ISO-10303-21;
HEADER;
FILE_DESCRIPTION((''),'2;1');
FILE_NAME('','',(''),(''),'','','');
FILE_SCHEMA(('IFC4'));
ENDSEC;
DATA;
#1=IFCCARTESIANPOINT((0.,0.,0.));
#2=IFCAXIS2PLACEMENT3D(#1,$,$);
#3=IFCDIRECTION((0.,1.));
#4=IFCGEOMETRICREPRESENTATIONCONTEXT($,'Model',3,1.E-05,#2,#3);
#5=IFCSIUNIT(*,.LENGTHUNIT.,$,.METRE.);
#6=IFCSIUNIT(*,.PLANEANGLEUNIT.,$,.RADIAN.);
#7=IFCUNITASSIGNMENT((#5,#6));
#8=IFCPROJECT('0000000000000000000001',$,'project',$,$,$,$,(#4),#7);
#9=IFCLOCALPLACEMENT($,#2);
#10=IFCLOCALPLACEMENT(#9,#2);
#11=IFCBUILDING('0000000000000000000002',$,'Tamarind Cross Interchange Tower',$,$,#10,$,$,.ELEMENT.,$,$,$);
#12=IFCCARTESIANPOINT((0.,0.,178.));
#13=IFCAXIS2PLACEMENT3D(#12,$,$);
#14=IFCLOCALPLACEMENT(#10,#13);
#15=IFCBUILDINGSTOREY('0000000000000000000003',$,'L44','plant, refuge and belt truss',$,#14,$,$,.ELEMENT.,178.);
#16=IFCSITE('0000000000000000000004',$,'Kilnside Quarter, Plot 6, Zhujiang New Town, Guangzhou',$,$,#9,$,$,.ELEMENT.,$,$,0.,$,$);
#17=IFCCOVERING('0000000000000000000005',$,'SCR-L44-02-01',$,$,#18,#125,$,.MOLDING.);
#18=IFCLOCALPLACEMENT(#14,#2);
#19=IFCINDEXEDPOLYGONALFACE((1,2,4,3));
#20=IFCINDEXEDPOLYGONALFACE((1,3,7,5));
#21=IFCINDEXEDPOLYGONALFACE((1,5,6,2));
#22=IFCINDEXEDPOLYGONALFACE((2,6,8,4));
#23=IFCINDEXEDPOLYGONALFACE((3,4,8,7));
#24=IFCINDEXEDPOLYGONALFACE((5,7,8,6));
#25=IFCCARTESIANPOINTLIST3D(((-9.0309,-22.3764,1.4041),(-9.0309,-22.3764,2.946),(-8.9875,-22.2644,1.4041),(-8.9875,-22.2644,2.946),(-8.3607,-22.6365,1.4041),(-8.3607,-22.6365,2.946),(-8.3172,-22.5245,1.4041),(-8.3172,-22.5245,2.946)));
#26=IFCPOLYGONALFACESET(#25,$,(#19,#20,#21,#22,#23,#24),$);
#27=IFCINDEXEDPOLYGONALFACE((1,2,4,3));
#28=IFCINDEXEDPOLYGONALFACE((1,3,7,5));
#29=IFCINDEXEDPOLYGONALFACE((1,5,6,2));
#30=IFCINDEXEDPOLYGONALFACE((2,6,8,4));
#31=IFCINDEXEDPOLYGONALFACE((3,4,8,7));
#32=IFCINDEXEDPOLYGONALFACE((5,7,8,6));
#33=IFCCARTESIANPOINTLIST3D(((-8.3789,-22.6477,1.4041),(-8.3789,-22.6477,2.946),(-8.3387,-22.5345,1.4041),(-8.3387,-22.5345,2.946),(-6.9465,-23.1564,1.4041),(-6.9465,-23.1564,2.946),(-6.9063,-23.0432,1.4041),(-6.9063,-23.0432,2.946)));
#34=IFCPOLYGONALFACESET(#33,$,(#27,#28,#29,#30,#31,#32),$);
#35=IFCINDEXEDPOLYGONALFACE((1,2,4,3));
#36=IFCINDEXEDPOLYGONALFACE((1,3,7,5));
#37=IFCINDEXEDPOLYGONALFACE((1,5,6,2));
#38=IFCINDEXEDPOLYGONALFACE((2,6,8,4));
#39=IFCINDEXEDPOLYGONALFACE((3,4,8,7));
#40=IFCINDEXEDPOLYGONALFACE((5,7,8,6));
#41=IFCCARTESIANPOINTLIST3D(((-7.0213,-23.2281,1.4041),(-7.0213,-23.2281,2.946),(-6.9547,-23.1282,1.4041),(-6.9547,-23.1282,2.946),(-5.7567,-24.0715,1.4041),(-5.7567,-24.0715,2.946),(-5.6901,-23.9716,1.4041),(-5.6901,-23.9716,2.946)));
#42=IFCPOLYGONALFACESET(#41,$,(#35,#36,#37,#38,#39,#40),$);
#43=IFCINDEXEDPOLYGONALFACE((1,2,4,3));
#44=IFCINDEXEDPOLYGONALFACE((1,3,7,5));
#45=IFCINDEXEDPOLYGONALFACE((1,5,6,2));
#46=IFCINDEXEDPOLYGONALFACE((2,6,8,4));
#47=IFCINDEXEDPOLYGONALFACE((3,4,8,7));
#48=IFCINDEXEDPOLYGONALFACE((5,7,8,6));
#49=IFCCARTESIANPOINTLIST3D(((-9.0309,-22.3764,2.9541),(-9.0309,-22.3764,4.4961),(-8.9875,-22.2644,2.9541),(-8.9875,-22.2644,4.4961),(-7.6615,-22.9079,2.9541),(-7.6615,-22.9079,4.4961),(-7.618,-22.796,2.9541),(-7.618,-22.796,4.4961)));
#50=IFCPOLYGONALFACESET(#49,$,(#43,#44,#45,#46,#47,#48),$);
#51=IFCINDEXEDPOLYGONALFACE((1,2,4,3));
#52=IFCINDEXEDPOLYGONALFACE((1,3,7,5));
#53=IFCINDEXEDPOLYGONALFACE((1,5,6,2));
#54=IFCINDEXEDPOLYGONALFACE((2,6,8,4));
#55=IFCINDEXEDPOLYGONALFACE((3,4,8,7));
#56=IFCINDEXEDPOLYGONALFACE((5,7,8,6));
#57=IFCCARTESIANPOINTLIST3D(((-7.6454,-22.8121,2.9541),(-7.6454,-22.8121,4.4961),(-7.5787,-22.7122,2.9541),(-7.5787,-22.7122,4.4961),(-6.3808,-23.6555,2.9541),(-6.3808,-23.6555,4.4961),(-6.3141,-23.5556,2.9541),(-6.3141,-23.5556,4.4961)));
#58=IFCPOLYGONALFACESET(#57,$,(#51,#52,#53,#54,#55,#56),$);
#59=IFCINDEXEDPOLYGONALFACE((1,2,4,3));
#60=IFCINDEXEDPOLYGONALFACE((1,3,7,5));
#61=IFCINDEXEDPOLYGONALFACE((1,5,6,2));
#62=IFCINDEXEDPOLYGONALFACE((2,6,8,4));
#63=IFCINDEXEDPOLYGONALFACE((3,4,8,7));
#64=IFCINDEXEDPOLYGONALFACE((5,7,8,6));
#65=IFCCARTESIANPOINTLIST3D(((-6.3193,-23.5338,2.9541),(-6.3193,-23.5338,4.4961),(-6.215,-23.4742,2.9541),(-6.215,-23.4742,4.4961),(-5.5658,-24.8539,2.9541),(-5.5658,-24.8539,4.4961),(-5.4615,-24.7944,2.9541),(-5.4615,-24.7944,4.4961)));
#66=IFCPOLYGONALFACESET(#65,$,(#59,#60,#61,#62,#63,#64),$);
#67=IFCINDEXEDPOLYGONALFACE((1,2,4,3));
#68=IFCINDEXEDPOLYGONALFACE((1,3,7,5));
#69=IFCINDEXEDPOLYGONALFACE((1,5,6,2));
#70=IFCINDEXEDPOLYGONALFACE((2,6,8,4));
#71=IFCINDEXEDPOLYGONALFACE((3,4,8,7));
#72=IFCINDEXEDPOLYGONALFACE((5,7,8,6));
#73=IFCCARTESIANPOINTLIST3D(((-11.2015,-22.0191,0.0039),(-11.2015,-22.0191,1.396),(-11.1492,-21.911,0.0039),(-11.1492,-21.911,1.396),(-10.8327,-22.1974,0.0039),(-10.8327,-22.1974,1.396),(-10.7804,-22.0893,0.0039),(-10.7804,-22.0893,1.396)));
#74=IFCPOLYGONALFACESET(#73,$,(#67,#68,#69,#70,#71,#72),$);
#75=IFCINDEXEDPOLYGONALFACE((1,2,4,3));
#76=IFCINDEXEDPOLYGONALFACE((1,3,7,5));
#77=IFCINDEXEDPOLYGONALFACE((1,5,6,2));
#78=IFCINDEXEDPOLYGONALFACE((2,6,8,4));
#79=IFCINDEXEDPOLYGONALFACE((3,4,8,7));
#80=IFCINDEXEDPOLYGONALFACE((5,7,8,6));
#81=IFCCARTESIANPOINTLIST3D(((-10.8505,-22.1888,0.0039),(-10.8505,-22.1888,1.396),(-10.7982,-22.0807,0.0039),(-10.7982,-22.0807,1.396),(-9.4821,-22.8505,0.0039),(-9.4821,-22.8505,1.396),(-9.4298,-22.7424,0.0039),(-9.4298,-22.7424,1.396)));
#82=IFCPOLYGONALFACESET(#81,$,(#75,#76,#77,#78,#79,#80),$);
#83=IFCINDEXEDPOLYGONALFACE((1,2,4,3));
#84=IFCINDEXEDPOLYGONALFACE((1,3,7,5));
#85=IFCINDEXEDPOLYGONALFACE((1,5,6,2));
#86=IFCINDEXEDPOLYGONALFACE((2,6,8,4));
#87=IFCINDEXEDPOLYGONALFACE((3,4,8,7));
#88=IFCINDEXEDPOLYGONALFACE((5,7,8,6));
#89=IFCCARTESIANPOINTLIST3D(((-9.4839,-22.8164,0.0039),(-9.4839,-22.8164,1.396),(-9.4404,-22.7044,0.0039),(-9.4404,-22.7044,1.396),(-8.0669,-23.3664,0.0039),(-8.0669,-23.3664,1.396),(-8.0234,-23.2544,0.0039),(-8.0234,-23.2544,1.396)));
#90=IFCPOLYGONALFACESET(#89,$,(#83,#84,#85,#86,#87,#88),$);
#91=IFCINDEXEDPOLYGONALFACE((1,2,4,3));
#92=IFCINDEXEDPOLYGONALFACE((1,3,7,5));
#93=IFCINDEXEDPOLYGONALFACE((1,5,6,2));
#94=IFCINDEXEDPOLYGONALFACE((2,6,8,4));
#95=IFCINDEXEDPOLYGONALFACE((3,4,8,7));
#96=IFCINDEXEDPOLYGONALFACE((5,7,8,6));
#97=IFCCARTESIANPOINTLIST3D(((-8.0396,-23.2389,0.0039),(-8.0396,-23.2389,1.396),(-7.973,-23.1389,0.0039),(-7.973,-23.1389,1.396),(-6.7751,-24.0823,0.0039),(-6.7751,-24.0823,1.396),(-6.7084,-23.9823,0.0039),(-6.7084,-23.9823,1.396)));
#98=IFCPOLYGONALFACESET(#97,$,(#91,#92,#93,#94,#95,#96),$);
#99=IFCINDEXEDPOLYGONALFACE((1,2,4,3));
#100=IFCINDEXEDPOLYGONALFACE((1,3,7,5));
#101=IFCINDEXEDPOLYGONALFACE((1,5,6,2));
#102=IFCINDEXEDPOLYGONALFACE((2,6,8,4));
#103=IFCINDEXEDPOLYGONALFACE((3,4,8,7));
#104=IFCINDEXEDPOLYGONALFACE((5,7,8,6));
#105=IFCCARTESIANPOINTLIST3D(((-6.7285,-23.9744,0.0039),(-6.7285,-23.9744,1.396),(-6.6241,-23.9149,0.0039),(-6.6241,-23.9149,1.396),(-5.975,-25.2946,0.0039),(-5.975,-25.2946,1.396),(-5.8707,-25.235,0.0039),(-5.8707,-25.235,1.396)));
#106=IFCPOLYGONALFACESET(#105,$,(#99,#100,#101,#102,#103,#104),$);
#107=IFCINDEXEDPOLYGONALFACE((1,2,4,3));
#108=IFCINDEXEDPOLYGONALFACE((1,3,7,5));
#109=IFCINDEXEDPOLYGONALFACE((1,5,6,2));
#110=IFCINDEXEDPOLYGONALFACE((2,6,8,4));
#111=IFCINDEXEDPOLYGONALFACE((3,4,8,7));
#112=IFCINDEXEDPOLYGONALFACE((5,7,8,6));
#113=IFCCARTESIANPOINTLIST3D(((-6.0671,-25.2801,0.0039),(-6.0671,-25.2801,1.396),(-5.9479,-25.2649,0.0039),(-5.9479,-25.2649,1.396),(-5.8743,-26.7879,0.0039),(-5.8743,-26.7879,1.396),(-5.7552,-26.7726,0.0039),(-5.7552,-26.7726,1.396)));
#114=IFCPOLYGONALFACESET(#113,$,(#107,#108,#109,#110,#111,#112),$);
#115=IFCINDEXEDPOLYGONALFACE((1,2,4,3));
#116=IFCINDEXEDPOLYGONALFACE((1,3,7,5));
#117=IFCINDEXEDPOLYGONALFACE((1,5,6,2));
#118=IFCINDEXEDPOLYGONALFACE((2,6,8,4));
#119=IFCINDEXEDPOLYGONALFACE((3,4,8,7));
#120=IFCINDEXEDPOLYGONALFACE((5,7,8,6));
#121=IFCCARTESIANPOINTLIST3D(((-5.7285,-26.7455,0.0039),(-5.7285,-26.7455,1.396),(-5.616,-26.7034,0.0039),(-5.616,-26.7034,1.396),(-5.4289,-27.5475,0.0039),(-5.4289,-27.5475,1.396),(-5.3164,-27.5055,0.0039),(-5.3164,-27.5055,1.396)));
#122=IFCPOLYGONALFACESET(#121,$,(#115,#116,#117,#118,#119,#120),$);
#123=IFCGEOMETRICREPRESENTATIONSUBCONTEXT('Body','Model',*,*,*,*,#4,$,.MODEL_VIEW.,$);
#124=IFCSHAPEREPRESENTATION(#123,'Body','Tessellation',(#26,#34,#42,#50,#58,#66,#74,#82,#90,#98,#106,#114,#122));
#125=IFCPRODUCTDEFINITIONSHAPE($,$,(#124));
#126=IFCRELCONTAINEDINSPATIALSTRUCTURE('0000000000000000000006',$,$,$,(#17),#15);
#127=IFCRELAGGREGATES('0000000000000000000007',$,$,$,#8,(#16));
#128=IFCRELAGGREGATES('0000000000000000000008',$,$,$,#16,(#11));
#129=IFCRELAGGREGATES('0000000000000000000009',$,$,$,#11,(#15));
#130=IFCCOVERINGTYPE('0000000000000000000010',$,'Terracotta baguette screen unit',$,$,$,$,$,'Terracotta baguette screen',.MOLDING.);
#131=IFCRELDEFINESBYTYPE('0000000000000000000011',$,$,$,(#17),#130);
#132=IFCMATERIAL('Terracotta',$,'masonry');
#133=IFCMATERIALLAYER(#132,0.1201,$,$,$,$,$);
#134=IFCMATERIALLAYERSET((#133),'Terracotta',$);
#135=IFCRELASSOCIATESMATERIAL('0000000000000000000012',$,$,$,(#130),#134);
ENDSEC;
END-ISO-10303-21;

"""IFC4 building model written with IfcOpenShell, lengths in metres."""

from ifc_helpers import new_model, si_unit, direction, frame, origin, origin_2d, place, context, subcontext, project, spatial, rectangle, extrude, material, layer, layer_set, type_object, element, save


model = new_model("IFC4")

# Units and contexts
model_context = context("Model", 3, precision=1e-05, world=origin(), true_north=direction((0.0, 1.0)))
body_context = subcontext(model_context, "Body", "Model", "MODEL_VIEW")
ifc_project = project(units=[si_unit("LENGTHUNIT", "METRE"), si_unit("PLANEANGLEUNIT", "RADIAN")], contexts=[model_context])

# Site, building, storey
site_placement = place(None, origin())
site = spatial("IfcSite", under=ifc_project, at=site_placement, Name="Kilnside Quarter, Plot 6, Zhujiang New Town, Guangzhou", CompositionType="ELEMENT", RefElevation=0.0)
building_placement = place(site_placement, origin())
building = spatial("IfcBuilding", under=site, at=building_placement, Name="Tamarind Cross Interchange Tower", CompositionType="ELEMENT")
storey_placement = place(building_placement, frame((0.0, 0.0, 178.0)))
storey = spatial("IfcBuildingStorey", under=building, at=storey_placement, Name="L44", Description="plant, refuge and belt truss", CompositionType="ELEMENT", Elevation=178.0)

# Covering
ifc_material_1 = material(Name="Terracotta", Category="masonry")
ifc_layer_1 = layer(ifc_material_1, 0.1201)
ifc_layer_set_1 = layer_set([ifc_layer_1], Name="Terracotta")
covering_type = type_object("IfcCoveringType", Name="Terracotta baguette screen unit", ElementType="Terracotta baguette screen", PredefinedType="MOLDING", material=ifc_layer_set_1)
covering_1_placement = place(storey_placement, origin())
element("IfcCovering", 1, at=covering_1_placement, inside=storey, type_object=covering_type, Name="SCR-L44-02-01", PredefinedType="MOLDING", context=body_context, shape_type="SweptSolid", body=[
    extrude(rectangle(XDim=0.719, YDim=0.1201, at=origin_2d()), frame((-8.6741, -22.4504, 1.4041), z_axis=(0.0, 0.0, 1.0), x_axis=(0.932242, -0.361835, 0.0)), (0.0, 0.0, 1.0), 1.542),
    extrude(rectangle(XDim=1.52, YDim=0.1201, at=origin_2d()), frame((-7.6426, -22.8455, 1.4041), z_axis=(0.0, 0.0, 1.0), x_axis=(0.942335, -0.334671, 0.0)), (0.0, 0.0, 1.0), 1.542),
    extrude(rectangle(XDim=1.52, YDim=0.1201, at=origin_2d()), frame((-6.3557, -23.5999, 1.4041), z_axis=(0.0, 0.0, 1.0), x_axis=(0.831952, -0.554848, 0.0)), (0.0, 0.0, 1.0), 1.542),
    extrude(rectangle(XDim=1.469, YDim=0.1201, at=origin_2d()), frame((-8.3245, -22.5862, 2.9541), z_axis=(0.0, 0.0, 1.0), x_axis=(0.932242, -0.361835, 0.0)), (0.0, 0.0, 1.0), 1.542),
    extrude(rectangle(XDim=1.52, YDim=0.1201, at=origin_2d()), frame((-6.9797, -23.1838, 2.9541), z_axis=(0.0, 0.0, 1.0), x_axis=(0.831952, -0.554848, 0.0)), (0.0, 0.0, 1.0), 1.542),
    extrude(rectangle(XDim=1.52, YDim=0.1201, at=origin_2d()), frame((-5.8904, -24.1641, 2.9541), z_axis=(0.0, 0.0, 1.0), x_axis=(0.495709, -0.868489, 0.0)), (0.0, 0.0, 1.0), 1.542),
    extrude(rectangle(XDim=0.4097, YDim=0.1201, at=origin_2d()), frame((-10.991, -22.0542, 0.0039), z_axis=(0.0, 0.0, 1.0), x_axis=(0.900273, -0.435326, 0.0)), (0.0, 0.0, 1.0), 1.3921),
    extrude(rectangle(XDim=1.52, YDim=0.1201, at=origin_2d()), frame((-10.1401, -22.4656, 0.0039), z_axis=(0.0, 0.0, 1.0), x_axis=(0.900273, -0.435326, 0.0)), (0.0, 0.0, 1.0), 1.3921),
    extrude(rectangle(XDim=1.52, YDim=0.1201, at=origin_2d()), frame((-8.7537, -23.0354, 0.0039), z_axis=(0.0, 0.0, 1.0), x_axis=(0.932242, -0.361835, 0.0)), (0.0, 0.0, 1.0), 1.3921),
    extrude(rectangle(XDim=1.52, YDim=0.1201, at=origin_2d()), frame((-7.374, -23.6106, 0.0039), z_axis=(0.0, 0.0, 1.0), x_axis=(0.831952, -0.554848, 0.0)), (0.0, 0.0, 1.0), 1.3921),
    extrude(rectangle(XDim=1.52, YDim=0.1201, at=origin_2d()), frame((-6.2996, -24.6047, 0.0039), z_axis=(0.0, 0.0, 1.0), x_axis=(0.495709, -0.868489, 0.0)), (0.0, 0.0, 1.0), 1.3921),
    extrude(rectangle(XDim=1.52, YDim=0.1201, at=origin_2d()), frame((-5.9111, -26.0264, 0.0039), z_axis=(0.0, 0.0, 1.0), x_axis=(0.126823, -0.991925, 0.0)), (0.0, 0.0, 1.0), 1.3921),
    extrude(rectangle(XDim=0.8562, YDim=0.1201, at=origin_2d()), frame((-5.5225, -27.1255, 0.0039), z_axis=(0.0, 0.0, 1.0), x_axis=(0.349919, -0.93678, 0.0)), (0.0, 0.0, 1.0), 1.3921),
])

save(model, "model.ifc")
